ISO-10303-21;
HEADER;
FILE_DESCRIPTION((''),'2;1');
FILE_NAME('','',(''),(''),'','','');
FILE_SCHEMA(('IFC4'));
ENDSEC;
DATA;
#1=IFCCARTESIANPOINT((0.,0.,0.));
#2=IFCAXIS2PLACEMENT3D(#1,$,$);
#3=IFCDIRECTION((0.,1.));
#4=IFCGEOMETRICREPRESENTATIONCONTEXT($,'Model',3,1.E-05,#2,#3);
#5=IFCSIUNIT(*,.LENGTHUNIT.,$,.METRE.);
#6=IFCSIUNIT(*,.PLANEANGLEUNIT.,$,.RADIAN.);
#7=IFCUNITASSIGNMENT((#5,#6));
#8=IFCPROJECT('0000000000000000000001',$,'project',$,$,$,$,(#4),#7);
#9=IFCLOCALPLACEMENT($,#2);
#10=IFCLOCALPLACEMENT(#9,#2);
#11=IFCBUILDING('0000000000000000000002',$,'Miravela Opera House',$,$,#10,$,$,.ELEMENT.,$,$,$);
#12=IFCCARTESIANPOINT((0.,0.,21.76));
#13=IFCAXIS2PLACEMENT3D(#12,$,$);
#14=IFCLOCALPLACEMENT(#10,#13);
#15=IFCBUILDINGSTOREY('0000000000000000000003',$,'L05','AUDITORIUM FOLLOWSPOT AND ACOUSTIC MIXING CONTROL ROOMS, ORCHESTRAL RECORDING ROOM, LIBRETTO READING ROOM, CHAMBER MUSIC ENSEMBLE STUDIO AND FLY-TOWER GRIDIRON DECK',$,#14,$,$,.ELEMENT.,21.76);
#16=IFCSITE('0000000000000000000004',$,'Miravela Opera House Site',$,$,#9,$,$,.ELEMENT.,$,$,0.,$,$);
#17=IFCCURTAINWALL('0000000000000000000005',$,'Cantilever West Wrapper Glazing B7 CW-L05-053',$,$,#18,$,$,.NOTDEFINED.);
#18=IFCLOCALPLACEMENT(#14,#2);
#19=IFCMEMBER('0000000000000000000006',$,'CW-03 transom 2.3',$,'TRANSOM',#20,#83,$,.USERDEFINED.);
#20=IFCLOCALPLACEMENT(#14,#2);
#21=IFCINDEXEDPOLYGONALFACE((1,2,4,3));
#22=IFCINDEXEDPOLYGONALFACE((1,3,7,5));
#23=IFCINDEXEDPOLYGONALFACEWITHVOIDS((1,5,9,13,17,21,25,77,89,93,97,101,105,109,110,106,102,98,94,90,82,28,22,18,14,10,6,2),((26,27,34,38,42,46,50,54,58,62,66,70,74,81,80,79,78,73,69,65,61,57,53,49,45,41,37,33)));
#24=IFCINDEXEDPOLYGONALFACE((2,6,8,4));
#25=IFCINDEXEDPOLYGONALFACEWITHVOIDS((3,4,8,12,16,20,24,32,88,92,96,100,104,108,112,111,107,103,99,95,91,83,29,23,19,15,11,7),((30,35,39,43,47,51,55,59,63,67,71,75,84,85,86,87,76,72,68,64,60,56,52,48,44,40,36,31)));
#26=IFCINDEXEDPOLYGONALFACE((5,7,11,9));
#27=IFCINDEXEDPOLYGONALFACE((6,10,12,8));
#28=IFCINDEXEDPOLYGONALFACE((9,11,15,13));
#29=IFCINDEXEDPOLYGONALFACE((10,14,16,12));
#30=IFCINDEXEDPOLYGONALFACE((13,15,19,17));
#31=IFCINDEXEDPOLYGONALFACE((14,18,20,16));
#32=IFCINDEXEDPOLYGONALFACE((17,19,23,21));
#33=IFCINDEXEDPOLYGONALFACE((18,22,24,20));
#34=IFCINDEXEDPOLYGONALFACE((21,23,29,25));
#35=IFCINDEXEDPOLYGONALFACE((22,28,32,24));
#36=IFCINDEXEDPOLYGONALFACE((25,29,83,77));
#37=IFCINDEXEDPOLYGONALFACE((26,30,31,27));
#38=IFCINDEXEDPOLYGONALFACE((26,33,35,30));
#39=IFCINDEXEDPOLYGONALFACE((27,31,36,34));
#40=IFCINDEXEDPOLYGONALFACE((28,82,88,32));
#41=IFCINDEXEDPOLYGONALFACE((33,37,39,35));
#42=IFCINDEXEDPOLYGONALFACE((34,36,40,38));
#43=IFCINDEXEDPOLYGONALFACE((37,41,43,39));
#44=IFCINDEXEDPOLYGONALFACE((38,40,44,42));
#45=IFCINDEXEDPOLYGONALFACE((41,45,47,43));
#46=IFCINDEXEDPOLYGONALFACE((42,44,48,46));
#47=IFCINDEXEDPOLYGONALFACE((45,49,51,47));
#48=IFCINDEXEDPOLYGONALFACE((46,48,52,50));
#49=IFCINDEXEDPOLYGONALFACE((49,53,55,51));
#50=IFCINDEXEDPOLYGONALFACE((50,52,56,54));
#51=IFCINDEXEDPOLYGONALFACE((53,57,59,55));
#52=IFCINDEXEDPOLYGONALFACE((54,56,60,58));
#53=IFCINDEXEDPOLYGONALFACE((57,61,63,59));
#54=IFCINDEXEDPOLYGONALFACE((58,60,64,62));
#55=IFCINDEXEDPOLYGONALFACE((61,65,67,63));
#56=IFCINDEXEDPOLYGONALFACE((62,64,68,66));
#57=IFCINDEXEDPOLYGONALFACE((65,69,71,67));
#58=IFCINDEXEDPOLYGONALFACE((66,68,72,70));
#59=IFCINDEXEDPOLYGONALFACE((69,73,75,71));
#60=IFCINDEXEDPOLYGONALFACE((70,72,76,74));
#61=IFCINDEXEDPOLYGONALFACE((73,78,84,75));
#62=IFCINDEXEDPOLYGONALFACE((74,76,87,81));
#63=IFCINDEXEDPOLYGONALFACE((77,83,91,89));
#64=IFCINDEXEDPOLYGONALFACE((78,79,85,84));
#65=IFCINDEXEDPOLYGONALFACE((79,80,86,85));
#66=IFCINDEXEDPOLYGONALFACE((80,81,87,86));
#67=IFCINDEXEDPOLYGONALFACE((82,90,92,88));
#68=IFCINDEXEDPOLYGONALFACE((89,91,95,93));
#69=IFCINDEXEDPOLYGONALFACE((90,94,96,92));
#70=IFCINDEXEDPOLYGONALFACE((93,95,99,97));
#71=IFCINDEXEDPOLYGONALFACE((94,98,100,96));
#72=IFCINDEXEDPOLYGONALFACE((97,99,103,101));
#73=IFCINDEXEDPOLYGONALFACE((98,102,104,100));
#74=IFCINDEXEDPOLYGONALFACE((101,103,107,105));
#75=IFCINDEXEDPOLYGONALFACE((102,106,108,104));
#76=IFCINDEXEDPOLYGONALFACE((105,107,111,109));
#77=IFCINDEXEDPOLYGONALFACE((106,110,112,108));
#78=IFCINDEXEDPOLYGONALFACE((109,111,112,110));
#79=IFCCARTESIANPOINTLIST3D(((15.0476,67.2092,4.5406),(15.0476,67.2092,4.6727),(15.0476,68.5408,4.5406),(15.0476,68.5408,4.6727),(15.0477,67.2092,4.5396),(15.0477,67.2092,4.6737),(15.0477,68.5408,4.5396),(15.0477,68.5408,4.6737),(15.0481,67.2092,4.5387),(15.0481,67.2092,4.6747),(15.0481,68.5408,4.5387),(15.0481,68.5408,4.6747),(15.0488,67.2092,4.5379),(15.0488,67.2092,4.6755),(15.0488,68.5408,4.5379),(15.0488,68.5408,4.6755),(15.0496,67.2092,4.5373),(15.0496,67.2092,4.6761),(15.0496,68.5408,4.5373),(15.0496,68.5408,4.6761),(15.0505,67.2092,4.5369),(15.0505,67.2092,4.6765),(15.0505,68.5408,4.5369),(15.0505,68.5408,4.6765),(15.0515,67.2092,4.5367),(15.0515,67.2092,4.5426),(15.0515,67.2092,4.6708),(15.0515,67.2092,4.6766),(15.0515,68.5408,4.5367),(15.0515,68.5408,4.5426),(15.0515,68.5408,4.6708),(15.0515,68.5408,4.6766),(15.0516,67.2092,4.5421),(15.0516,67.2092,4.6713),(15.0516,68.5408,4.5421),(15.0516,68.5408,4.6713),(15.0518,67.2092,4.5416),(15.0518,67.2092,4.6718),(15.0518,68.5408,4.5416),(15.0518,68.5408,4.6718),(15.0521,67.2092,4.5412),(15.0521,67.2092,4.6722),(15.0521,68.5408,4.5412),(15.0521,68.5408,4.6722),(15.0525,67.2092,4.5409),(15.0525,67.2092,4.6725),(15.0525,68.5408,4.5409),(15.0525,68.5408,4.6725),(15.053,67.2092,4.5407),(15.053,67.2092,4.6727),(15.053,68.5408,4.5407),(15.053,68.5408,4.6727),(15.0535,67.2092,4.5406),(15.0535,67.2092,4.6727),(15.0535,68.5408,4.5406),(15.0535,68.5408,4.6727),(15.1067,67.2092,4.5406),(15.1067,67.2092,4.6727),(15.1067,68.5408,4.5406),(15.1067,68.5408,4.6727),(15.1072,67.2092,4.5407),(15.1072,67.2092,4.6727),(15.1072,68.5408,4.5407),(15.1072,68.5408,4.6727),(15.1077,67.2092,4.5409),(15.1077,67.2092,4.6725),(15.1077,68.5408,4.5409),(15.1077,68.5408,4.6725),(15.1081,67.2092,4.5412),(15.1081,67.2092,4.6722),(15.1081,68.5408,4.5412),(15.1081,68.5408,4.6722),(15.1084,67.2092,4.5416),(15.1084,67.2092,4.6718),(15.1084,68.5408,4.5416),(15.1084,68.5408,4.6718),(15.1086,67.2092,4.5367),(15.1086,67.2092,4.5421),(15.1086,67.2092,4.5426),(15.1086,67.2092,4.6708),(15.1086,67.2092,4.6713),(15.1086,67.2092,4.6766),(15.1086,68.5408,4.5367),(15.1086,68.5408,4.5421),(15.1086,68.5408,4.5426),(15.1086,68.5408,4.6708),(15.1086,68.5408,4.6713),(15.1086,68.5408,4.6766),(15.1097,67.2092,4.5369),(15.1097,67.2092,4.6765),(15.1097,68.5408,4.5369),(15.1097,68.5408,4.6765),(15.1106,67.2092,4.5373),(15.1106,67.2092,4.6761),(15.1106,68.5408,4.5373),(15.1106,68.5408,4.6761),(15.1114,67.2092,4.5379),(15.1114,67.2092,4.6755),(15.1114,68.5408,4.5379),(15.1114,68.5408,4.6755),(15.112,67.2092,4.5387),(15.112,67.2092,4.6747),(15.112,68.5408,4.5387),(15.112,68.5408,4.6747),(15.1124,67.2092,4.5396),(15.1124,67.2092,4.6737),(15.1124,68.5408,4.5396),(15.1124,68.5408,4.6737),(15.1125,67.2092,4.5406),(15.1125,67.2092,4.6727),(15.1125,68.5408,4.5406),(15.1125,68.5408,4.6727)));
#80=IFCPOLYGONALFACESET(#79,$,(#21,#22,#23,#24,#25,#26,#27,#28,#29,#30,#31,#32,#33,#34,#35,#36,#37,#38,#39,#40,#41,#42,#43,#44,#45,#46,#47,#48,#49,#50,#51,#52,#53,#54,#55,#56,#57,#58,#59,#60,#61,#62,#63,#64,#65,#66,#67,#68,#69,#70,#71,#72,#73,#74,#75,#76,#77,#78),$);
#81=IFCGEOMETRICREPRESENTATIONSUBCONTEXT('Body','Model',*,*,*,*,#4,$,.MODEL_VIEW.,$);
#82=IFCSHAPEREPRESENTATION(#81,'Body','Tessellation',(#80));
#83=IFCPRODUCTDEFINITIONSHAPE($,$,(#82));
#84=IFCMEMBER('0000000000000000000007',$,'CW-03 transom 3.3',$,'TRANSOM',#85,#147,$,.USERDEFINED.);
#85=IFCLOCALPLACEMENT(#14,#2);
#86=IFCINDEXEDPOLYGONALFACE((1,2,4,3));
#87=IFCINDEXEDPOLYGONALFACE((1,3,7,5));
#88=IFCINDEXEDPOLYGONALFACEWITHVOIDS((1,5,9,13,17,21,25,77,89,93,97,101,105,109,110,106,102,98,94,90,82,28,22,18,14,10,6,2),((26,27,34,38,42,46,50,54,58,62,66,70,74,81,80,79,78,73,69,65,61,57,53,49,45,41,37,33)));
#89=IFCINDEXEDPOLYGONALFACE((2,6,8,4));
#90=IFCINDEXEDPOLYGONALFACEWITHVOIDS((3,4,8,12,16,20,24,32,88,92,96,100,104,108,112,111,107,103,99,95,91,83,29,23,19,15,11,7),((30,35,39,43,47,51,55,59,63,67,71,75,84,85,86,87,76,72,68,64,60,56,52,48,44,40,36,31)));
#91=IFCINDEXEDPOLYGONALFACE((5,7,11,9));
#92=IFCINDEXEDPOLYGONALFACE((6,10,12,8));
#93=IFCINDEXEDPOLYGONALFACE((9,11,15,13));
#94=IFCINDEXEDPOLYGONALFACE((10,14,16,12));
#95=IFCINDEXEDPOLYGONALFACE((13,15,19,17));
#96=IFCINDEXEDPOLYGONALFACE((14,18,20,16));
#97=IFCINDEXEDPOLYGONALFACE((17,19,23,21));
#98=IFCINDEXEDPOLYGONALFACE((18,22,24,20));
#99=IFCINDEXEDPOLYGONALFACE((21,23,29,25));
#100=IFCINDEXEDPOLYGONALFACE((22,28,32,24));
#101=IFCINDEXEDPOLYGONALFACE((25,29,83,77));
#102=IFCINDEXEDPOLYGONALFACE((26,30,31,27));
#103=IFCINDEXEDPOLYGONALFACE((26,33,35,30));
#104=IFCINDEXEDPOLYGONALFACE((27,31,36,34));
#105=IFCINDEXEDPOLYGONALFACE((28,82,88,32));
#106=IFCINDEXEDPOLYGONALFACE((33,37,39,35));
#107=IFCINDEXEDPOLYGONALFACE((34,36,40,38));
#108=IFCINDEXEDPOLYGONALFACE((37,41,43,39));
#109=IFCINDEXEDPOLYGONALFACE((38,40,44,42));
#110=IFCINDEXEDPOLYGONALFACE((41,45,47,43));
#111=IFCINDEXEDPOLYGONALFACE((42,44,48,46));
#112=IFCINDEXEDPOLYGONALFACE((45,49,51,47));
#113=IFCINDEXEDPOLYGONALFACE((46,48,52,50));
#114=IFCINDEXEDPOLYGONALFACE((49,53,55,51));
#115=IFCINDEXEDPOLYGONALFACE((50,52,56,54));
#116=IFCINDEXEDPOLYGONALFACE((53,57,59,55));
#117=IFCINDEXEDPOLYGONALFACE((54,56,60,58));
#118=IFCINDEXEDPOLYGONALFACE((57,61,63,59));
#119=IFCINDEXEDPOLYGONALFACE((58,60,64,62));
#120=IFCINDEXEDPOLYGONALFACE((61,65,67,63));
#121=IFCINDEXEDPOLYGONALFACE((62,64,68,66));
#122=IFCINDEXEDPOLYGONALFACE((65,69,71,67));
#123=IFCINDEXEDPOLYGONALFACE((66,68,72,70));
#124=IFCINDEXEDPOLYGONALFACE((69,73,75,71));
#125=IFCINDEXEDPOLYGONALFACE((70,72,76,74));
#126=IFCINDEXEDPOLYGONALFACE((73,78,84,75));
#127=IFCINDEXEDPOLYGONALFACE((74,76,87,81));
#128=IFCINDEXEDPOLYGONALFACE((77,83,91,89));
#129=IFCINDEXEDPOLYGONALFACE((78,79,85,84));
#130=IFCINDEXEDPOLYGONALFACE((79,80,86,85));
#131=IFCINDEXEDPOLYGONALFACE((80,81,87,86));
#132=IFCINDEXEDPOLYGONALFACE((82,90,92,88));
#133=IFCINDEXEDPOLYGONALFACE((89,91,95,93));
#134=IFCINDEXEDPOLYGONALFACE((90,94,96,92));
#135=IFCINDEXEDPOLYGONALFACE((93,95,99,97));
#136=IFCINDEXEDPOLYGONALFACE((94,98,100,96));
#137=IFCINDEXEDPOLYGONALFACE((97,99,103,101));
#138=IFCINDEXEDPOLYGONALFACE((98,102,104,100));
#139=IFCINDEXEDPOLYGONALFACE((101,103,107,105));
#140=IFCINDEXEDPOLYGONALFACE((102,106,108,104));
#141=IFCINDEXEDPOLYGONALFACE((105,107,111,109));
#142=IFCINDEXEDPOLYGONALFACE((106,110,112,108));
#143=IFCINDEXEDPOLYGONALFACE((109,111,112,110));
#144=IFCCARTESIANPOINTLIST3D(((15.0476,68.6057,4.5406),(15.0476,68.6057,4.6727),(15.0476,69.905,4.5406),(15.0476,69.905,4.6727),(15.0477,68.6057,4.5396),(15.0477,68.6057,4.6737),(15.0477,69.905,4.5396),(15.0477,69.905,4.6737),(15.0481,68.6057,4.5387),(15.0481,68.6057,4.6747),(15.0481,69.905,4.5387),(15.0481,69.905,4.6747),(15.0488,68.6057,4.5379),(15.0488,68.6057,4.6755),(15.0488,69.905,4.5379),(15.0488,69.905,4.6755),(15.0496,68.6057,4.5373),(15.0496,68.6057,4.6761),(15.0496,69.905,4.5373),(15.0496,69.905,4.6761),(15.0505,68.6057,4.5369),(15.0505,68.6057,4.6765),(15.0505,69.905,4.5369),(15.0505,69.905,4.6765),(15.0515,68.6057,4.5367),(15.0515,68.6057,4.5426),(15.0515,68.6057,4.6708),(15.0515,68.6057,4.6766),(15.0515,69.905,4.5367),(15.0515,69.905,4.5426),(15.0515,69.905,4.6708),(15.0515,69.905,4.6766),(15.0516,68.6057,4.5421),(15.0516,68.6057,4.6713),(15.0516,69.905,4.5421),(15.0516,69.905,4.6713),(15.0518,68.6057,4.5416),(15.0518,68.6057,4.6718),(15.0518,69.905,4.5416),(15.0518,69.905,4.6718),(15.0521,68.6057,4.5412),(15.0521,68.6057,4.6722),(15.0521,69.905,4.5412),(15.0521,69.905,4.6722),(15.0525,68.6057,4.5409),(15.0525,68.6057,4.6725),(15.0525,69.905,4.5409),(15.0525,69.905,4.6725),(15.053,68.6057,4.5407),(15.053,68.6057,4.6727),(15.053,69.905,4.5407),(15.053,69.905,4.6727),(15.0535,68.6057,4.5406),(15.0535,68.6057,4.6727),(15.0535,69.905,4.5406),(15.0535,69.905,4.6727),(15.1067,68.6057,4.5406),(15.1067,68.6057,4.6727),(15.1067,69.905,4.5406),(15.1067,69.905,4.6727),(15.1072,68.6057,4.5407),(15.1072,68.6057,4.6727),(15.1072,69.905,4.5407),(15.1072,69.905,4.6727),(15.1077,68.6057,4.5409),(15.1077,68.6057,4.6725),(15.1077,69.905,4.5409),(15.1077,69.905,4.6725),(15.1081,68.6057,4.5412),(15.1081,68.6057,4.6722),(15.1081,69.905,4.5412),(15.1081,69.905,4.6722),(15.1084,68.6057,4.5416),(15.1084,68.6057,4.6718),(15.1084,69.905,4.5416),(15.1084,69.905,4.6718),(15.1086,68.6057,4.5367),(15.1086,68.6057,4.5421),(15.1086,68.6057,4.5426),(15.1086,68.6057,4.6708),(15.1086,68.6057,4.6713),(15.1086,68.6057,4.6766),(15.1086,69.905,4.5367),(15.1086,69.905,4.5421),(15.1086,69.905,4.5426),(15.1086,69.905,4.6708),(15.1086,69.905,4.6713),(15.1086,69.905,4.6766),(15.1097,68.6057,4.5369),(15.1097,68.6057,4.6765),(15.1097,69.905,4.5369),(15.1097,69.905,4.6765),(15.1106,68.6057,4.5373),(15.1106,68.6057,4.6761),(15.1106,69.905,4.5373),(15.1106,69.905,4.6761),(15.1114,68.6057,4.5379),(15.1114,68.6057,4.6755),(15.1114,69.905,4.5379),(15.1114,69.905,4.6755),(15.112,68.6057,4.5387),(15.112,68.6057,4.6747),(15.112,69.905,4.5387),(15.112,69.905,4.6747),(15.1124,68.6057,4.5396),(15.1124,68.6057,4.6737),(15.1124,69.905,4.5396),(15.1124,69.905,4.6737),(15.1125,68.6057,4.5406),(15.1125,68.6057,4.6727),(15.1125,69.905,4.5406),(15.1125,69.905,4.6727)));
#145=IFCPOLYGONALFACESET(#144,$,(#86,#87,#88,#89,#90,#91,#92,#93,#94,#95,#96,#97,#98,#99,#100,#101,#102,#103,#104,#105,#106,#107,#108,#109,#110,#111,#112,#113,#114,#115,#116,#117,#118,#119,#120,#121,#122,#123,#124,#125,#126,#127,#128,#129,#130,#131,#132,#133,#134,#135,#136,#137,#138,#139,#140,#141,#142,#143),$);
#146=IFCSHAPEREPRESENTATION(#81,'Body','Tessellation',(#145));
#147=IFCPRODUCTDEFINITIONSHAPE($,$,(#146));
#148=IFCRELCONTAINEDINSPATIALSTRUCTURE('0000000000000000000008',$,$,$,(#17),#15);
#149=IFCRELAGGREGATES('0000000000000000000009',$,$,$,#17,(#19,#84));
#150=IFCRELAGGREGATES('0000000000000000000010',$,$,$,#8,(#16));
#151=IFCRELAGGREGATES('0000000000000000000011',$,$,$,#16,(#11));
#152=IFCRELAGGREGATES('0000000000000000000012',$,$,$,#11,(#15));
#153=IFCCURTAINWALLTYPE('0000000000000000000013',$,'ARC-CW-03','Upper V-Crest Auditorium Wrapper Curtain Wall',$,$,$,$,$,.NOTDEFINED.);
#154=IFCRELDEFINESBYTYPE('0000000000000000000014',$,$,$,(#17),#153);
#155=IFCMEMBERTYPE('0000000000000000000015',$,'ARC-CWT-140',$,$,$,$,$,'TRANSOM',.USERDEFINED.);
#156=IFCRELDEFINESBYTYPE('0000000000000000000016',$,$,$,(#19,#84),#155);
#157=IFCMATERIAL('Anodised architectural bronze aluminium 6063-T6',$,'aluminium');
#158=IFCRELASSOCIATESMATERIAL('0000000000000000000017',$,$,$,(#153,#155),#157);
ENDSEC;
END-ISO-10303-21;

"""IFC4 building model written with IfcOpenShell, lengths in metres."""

from ifc_helpers import new_model, si_unit, direction, frame, origin, origin_2d, place, context, subcontext, project, spatial, hollow_rectangle, extrude, material, material_profile, profile_set, type_object, element, aggregate, save


model = new_model("IFC4")

# Units and contexts
model_context = context("Model", 3, precision=1e-05, world=origin(), true_north=direction((0.0, 1.0)))
body_context = subcontext(model_context, "Body", "Model", "MODEL_VIEW")
ifc_project = project(units=[si_unit("LENGTHUNIT", "METRE"), si_unit("PLANEANGLEUNIT", "RADIAN")], contexts=[model_context])

# Site, building, storey
site_placement = place(None, origin())
site = spatial("IfcSite", under=ifc_project, at=site_placement, Name="Miravela Opera House Site", CompositionType="ELEMENT", RefElevation=0.0)
building_placement = place(site_placement, origin())
building = spatial("IfcBuilding", under=site, at=building_placement, Name="Miravela Opera House", CompositionType="ELEMENT")
storey_placement = place(building_placement, frame((0.0, 0.0, 21.76)))
storey = spatial("IfcBuildingStorey", under=building, at=storey_placement, Name="L05", Description="AUDITORIUM FOLLOWSPOT AND ACOUSTIC MIXING CONTROL ROOMS, ORCHESTRAL RECORDING ROOM, LIBRETTO READING ROOM, CHAMBER MUSIC ENSEMBLE STUDIO AND FLY-TOWER GRIDIRON DECK", CompositionType="ELEMENT", Elevation=21.76)

# Curtain wall, members
ifc_material_1 = material(Name="Anodised architectural bronze aluminium 6063-T6", Category="aluminium")
curtain_wall_type = type_object("IfcCurtainWallType", Name="ARC-CW-03", Description="Upper V-Crest Auditorium Wrapper Curtain Wall", PredefinedType="NOTDEFINED", material=ifc_material_1)
curtain_wall_1_placement = place(storey_placement, origin())
curtain_wall_1 = element("IfcCurtainWall", 1, at=curtain_wall_1_placement, inside=storey, type_object=curtain_wall_type, Name="Cantilever West Wrapper Glazing B7 CW-L05-053", PredefinedType="NOTDEFINED")
ifc_material_profile_1 = material_profile(ifc_material_1, hollow_rectangle(XDim=0.0649, YDim=0.1399, WallThickness=0.0039, InnerFilletRadius=0.002, OuterFilletRadius=0.0039, at=origin_2d()), Name="CWT-65X140")
ifc_profile_set_1 = profile_set([ifc_material_profile_1])
member_type_1 = type_object("IfcMemberType", Name="ARC-CWT-140", ElementType="TRANSOM", PredefinedType="USERDEFINED", material=ifc_profile_set_1)
member_1_placement = place(storey_placement, frame((15.0801, 67.2092, 4.6067), z_axis=(0.0, 1.0, 0.0), x_axis=(-1.0, 0.0, 0.0)))
member_1 = element("IfcMember", 2, at=member_1_placement, type_object=member_type_1, Name="CW-03 transom 2.3", ObjectType="TRANSOM", PredefinedType="USERDEFINED", context=body_context, shape_type="SweptSolid", body=[
    extrude(hollow_rectangle(XDim=0.0649, YDim=0.1399, WallThickness=0.0039, InnerFilletRadius=0.002, OuterFilletRadius=0.0039, at=origin_2d()), origin(), (0.0, 0.0, 1.0), 1.3315),
])
member_2_placement = place(storey_placement, frame((15.0801, 68.6057, 4.6067), z_axis=(0.0, 1.0, 0.0), x_axis=(-1.0, 0.0, 0.0)))
member_2 = element("IfcMember", 3, at=member_2_placement, type_object=member_type_1, Name="CW-03 transom 3.3", ObjectType="TRANSOM", PredefinedType="USERDEFINED", context=body_context, shape_type="SweptSolid", body=[
    extrude(hollow_rectangle(XDim=0.0649, YDim=0.1399, WallThickness=0.0039, InnerFilletRadius=0.002, OuterFilletRadius=0.0039, at=origin_2d()), origin(), (0.0, 0.0, 1.0), 1.2993),
])

aggregate(curtain_wall_1, [member_1, member_2])

save(model, "model.ifc")
